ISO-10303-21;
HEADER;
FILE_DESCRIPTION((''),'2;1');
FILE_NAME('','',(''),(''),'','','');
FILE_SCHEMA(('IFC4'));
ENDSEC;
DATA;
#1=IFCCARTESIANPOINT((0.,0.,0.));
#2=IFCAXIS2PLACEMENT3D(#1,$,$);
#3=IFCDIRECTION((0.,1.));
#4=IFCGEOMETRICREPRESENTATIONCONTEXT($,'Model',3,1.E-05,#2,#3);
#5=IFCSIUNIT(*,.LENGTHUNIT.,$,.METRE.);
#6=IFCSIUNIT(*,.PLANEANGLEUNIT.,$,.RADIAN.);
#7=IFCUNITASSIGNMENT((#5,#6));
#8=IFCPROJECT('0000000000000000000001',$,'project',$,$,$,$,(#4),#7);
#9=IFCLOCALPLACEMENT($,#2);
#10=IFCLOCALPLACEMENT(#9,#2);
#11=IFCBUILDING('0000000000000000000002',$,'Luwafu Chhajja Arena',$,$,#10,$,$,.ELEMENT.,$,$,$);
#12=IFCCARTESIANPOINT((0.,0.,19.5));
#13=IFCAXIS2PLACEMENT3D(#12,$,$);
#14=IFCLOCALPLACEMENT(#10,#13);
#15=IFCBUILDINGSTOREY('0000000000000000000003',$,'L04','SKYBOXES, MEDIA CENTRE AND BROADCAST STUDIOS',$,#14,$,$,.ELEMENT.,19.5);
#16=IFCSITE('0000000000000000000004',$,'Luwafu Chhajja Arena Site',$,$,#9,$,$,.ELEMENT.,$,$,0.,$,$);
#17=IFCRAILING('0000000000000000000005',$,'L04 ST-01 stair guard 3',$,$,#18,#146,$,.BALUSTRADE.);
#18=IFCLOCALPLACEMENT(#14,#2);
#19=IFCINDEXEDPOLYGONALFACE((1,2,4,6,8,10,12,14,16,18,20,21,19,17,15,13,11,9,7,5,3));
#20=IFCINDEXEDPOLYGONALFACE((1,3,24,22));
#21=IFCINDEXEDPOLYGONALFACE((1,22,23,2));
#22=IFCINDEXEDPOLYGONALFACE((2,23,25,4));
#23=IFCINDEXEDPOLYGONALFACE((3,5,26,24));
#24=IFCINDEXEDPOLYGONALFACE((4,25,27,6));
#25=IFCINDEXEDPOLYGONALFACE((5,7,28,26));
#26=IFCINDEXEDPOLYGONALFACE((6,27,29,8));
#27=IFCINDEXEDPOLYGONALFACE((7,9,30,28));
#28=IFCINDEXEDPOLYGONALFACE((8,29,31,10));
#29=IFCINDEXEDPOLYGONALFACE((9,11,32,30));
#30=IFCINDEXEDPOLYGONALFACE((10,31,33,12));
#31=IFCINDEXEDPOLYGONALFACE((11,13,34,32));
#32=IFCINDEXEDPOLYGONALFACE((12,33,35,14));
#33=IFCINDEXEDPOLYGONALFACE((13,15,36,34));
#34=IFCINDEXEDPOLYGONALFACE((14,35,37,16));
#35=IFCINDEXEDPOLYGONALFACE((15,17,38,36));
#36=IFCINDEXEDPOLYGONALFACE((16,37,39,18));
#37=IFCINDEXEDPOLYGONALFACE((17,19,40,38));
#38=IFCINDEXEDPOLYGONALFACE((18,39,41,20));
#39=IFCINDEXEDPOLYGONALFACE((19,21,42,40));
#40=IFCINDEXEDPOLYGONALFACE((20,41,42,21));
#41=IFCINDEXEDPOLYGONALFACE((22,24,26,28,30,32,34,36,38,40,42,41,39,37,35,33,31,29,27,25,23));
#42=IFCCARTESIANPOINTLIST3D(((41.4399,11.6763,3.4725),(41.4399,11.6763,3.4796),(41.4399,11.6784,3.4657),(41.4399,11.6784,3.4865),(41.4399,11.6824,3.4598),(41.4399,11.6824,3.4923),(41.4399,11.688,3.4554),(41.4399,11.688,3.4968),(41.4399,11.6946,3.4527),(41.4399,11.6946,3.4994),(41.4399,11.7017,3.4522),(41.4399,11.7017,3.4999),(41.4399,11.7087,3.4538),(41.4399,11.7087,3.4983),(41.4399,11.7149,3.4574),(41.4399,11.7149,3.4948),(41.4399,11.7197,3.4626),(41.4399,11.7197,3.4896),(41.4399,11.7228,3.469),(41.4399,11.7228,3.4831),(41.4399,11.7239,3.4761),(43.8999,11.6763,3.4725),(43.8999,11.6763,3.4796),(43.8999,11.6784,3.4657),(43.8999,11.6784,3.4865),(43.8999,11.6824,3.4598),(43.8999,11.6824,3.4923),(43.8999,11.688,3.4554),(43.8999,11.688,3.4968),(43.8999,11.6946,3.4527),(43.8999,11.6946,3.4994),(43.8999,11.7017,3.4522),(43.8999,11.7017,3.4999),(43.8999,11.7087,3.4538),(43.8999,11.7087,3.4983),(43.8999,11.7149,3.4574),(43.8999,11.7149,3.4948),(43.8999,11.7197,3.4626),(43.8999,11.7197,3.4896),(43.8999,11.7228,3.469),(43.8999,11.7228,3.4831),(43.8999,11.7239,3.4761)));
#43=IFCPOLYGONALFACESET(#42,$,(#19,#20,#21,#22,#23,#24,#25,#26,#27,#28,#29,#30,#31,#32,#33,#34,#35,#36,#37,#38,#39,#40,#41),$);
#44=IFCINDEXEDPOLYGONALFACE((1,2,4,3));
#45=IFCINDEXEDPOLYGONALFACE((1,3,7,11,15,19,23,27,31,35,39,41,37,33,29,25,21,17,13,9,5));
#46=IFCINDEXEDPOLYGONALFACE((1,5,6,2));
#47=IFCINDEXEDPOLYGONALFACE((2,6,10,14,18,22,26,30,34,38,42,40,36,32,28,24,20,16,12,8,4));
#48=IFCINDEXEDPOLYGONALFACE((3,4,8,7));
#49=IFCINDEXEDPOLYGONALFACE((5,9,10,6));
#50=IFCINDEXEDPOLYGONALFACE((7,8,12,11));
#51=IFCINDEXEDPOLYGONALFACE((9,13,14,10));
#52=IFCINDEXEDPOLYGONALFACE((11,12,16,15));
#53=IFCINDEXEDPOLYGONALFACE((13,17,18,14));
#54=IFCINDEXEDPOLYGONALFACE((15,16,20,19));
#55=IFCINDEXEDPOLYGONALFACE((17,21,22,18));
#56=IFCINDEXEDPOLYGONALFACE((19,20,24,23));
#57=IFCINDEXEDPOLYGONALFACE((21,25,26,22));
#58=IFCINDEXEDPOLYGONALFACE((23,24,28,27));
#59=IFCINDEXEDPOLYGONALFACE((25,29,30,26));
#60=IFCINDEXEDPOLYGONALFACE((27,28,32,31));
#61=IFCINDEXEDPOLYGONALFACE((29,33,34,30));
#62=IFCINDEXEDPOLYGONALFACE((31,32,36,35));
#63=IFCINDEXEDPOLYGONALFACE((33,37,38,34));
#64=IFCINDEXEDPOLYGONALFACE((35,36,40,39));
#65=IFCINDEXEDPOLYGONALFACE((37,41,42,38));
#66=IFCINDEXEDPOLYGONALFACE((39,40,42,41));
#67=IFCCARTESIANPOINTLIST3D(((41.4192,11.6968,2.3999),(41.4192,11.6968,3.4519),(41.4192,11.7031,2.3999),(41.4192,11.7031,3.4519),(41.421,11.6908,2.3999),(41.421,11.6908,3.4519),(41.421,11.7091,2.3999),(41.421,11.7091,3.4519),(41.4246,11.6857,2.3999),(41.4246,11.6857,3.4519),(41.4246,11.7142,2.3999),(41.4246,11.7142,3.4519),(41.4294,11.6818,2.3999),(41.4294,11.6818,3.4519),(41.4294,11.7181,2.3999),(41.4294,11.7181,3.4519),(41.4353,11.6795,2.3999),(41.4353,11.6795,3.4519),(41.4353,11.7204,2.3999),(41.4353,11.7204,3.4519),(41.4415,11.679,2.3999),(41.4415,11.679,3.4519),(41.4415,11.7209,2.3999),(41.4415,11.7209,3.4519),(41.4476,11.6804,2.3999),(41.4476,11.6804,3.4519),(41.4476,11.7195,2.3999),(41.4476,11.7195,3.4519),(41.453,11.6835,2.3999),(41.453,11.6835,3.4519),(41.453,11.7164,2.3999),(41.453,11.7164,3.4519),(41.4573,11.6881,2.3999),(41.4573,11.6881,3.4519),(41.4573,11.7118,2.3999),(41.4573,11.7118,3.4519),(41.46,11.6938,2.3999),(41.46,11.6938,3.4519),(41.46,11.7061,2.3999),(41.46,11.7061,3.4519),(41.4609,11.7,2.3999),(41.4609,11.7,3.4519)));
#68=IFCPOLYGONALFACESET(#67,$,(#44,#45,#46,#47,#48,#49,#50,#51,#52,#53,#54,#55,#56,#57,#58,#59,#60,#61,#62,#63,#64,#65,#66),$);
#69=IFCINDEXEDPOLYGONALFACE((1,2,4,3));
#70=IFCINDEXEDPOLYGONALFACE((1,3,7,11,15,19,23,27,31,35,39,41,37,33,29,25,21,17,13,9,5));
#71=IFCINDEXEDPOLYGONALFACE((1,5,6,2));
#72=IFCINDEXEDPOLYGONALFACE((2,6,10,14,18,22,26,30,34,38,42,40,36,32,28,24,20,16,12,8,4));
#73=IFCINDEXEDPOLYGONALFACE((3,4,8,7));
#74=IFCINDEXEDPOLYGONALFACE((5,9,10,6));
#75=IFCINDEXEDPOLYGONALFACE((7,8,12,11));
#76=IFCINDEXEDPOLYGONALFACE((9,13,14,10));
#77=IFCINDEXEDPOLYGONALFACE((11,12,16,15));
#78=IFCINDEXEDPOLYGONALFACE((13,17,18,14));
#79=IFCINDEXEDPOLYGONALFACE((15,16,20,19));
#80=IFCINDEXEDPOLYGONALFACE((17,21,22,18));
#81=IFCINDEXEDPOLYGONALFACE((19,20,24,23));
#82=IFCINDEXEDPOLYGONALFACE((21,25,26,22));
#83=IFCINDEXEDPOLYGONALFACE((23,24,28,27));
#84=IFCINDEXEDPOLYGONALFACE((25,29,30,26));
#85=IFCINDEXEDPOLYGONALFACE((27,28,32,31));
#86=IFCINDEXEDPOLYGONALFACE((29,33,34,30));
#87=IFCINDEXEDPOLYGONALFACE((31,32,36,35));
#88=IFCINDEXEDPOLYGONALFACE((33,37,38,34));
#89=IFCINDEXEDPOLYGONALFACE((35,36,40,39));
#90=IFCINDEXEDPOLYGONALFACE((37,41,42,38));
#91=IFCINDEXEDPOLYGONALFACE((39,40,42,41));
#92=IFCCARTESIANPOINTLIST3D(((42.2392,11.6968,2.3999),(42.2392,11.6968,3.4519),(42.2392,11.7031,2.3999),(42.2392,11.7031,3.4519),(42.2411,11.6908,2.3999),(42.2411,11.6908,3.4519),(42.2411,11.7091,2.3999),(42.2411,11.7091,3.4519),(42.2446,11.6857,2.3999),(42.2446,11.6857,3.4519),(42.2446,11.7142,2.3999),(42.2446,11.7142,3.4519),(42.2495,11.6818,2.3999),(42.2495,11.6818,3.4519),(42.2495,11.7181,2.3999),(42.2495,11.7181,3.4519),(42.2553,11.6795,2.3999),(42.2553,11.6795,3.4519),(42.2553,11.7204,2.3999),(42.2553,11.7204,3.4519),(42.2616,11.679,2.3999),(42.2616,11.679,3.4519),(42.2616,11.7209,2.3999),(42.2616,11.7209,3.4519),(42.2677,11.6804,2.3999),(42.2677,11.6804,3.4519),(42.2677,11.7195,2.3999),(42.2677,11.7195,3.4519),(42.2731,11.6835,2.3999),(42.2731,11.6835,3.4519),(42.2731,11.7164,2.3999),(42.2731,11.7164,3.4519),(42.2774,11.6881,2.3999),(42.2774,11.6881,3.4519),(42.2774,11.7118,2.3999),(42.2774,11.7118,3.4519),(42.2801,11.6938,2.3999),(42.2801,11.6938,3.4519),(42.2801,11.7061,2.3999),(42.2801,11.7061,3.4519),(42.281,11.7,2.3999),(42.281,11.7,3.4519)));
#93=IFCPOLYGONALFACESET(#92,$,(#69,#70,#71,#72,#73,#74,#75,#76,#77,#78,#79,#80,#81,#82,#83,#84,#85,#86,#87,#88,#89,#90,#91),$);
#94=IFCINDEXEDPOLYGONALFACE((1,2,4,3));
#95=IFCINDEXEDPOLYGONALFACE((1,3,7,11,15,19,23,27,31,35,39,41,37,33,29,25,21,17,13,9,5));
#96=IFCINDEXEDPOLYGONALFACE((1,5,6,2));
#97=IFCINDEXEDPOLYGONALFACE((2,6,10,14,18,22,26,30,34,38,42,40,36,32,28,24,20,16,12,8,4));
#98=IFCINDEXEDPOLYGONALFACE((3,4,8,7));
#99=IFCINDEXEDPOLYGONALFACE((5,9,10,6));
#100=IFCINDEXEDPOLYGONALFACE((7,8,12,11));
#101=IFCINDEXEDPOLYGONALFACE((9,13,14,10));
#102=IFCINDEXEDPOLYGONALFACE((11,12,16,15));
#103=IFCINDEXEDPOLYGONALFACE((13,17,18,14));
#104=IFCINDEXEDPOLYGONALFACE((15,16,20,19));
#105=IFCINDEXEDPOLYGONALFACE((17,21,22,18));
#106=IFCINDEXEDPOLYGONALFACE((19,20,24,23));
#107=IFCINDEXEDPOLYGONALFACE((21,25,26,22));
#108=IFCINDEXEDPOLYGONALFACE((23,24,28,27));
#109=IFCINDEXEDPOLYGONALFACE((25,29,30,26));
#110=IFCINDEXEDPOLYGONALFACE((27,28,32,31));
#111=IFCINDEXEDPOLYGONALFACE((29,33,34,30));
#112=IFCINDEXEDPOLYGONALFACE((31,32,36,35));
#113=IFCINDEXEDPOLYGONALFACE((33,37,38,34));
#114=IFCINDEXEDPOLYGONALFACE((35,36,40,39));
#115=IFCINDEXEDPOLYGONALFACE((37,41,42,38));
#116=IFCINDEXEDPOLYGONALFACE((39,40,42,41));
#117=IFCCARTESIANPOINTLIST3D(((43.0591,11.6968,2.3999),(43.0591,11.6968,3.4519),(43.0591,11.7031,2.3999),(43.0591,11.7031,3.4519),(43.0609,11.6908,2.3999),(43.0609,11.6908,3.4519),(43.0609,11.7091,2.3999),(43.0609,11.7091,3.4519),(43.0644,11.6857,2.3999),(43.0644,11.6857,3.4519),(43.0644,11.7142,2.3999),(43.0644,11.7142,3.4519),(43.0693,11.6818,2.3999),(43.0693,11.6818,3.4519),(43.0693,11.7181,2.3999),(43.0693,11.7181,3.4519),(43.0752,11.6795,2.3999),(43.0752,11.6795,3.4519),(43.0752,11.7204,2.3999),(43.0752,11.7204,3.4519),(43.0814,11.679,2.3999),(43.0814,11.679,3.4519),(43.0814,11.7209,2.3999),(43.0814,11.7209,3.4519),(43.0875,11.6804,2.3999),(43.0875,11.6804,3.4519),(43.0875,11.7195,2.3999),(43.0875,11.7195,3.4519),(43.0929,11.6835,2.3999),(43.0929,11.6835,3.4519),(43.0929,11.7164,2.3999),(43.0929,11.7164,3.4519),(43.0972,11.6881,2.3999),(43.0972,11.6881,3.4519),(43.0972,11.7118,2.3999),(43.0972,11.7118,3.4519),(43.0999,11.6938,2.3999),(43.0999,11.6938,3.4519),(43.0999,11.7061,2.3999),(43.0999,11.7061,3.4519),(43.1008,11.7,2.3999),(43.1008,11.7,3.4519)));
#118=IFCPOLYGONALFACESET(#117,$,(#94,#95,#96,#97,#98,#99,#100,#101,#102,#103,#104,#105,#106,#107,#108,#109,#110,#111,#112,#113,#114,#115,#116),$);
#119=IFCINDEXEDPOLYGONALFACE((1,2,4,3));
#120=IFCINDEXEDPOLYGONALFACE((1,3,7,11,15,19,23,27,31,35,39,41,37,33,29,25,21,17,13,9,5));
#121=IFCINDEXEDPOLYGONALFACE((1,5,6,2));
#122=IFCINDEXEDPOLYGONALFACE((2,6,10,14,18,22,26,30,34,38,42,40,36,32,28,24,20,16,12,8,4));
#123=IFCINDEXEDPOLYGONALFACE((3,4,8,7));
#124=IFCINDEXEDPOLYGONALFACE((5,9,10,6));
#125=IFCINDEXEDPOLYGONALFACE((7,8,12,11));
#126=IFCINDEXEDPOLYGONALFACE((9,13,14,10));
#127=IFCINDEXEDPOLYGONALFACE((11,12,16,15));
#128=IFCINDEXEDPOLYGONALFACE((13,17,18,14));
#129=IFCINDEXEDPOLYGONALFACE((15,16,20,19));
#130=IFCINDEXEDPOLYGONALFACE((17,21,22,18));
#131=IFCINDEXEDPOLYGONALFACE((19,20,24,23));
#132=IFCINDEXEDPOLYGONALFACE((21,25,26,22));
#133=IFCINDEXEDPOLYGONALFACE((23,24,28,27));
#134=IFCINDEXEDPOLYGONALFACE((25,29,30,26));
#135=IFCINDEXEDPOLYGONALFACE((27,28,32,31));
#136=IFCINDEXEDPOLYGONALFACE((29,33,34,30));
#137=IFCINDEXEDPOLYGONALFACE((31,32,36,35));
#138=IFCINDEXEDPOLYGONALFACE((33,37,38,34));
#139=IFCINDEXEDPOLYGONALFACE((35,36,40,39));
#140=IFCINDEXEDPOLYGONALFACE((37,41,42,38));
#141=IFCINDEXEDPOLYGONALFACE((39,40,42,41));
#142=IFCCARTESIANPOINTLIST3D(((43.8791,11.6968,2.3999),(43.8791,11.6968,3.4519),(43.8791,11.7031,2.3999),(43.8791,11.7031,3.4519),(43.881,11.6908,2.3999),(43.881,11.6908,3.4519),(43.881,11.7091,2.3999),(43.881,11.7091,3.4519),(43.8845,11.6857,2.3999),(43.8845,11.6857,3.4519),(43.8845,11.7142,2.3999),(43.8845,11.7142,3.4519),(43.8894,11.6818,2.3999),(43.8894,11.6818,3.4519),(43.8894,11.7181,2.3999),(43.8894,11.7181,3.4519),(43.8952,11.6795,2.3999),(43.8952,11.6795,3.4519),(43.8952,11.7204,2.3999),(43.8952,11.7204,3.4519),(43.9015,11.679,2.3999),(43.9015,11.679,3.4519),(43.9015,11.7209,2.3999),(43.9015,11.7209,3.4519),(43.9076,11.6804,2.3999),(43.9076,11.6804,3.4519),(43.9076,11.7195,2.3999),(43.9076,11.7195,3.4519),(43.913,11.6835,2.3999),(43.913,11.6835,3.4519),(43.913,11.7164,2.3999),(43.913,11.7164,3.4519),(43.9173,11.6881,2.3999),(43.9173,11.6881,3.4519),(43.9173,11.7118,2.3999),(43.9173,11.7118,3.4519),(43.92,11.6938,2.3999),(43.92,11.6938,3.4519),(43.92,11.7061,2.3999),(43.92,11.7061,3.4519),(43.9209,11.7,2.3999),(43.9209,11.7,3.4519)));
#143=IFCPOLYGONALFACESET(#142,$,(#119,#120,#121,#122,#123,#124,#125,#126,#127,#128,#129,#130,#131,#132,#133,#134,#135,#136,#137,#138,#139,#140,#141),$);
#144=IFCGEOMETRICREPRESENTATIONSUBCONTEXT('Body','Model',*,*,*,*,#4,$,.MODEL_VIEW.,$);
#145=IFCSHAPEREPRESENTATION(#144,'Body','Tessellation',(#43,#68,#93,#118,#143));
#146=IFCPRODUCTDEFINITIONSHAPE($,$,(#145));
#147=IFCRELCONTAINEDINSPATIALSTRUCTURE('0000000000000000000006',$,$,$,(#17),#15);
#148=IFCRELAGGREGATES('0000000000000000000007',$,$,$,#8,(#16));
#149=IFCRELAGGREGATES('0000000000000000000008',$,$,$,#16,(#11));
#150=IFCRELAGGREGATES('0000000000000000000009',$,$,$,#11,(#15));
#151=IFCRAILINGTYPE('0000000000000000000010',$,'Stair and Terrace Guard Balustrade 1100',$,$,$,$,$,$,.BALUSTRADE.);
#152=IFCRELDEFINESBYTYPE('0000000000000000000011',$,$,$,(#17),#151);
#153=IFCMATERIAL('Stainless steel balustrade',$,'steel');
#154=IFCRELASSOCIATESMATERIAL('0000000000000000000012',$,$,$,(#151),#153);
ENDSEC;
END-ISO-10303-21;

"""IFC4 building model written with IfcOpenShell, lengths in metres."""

from ifc_helpers import new_model, si_unit, direction, frame, origin, origin_2d, place, context, subcontext, project, spatial, circle, extrude, material, type_object, element, save


model = new_model("IFC4")

# Units and contexts
model_context = context("Model", 3, precision=1e-05, world=origin(), true_north=direction((0.0, 1.0)))
body_context = subcontext(model_context, "Body", "Model", "MODEL_VIEW")
ifc_project = project(units=[si_unit("LENGTHUNIT", "METRE"), si_unit("PLANEANGLEUNIT", "RADIAN")], contexts=[model_context])

# Site, building, storey
site_placement = place(None, origin())
site = spatial("IfcSite", under=ifc_project, at=site_placement, Name="Luwafu Chhajja Arena Site", CompositionType="ELEMENT", RefElevation=0.0)
building_placement = place(site_placement, origin())
building = spatial("IfcBuilding", under=site, at=building_placement, Name="Luwafu Chhajja Arena", CompositionType="ELEMENT")
storey_placement = place(building_placement, frame((0.0, 0.0, 19.5)))
storey = spatial("IfcBuildingStorey", under=building, at=storey_placement, Name="L04", Description="SKYBOXES, MEDIA CENTRE AND BROADCAST STUDIOS", CompositionType="ELEMENT", Elevation=19.5)

# Railing
ifc_material_1 = material(Name="Stainless steel balustrade", Category="steel")
railing_type_1 = type_object("IfcRailingType", Name="Stair and Terrace Guard Balustrade 1100", PredefinedType="BALUSTRADE", material=ifc_material_1)
for number, where, name in (
    (1, (41.4399, 11.7, 2.3999), "L04 ST-01 stair guard 3"),
):
    element("IfcRailing", number, at=place(storey_placement, frame(where)), inside=storey, type_object=railing_type_1, Name=name, PredefinedType="BALUSTRADE", context=body_context, shape_type="SweptSolid", body=[
        extrude(circle(Radius=0.0239, at=origin_2d()), frame((0.0, 0.0, 1.0762), z_axis=(1.0, 0.0, 0.0), x_axis=(0.0, 1.0, 0.0)), (0.0, 0.0, 1.0), 2.46),
        extrude(circle(Radius=0.021, at=origin_2d()), origin(), (0.0, 0.0, 1.0), 1.052),
        extrude(circle(Radius=0.021, at=origin_2d()), frame((0.8201, 0.0, 0.0)), (0.0, 0.0, 1.0), 1.052),
        extrude(circle(Radius=0.021, at=origin_2d()), frame((1.6399, 0.0, 0.0)), (0.0, 0.0, 1.0), 1.052),
        extrude(circle(Radius=0.021, at=origin_2d()), frame((2.46, 0.0, 0.0)), (0.0, 0.0, 1.0), 1.052),
    ])

save(model, "model.ifc")
